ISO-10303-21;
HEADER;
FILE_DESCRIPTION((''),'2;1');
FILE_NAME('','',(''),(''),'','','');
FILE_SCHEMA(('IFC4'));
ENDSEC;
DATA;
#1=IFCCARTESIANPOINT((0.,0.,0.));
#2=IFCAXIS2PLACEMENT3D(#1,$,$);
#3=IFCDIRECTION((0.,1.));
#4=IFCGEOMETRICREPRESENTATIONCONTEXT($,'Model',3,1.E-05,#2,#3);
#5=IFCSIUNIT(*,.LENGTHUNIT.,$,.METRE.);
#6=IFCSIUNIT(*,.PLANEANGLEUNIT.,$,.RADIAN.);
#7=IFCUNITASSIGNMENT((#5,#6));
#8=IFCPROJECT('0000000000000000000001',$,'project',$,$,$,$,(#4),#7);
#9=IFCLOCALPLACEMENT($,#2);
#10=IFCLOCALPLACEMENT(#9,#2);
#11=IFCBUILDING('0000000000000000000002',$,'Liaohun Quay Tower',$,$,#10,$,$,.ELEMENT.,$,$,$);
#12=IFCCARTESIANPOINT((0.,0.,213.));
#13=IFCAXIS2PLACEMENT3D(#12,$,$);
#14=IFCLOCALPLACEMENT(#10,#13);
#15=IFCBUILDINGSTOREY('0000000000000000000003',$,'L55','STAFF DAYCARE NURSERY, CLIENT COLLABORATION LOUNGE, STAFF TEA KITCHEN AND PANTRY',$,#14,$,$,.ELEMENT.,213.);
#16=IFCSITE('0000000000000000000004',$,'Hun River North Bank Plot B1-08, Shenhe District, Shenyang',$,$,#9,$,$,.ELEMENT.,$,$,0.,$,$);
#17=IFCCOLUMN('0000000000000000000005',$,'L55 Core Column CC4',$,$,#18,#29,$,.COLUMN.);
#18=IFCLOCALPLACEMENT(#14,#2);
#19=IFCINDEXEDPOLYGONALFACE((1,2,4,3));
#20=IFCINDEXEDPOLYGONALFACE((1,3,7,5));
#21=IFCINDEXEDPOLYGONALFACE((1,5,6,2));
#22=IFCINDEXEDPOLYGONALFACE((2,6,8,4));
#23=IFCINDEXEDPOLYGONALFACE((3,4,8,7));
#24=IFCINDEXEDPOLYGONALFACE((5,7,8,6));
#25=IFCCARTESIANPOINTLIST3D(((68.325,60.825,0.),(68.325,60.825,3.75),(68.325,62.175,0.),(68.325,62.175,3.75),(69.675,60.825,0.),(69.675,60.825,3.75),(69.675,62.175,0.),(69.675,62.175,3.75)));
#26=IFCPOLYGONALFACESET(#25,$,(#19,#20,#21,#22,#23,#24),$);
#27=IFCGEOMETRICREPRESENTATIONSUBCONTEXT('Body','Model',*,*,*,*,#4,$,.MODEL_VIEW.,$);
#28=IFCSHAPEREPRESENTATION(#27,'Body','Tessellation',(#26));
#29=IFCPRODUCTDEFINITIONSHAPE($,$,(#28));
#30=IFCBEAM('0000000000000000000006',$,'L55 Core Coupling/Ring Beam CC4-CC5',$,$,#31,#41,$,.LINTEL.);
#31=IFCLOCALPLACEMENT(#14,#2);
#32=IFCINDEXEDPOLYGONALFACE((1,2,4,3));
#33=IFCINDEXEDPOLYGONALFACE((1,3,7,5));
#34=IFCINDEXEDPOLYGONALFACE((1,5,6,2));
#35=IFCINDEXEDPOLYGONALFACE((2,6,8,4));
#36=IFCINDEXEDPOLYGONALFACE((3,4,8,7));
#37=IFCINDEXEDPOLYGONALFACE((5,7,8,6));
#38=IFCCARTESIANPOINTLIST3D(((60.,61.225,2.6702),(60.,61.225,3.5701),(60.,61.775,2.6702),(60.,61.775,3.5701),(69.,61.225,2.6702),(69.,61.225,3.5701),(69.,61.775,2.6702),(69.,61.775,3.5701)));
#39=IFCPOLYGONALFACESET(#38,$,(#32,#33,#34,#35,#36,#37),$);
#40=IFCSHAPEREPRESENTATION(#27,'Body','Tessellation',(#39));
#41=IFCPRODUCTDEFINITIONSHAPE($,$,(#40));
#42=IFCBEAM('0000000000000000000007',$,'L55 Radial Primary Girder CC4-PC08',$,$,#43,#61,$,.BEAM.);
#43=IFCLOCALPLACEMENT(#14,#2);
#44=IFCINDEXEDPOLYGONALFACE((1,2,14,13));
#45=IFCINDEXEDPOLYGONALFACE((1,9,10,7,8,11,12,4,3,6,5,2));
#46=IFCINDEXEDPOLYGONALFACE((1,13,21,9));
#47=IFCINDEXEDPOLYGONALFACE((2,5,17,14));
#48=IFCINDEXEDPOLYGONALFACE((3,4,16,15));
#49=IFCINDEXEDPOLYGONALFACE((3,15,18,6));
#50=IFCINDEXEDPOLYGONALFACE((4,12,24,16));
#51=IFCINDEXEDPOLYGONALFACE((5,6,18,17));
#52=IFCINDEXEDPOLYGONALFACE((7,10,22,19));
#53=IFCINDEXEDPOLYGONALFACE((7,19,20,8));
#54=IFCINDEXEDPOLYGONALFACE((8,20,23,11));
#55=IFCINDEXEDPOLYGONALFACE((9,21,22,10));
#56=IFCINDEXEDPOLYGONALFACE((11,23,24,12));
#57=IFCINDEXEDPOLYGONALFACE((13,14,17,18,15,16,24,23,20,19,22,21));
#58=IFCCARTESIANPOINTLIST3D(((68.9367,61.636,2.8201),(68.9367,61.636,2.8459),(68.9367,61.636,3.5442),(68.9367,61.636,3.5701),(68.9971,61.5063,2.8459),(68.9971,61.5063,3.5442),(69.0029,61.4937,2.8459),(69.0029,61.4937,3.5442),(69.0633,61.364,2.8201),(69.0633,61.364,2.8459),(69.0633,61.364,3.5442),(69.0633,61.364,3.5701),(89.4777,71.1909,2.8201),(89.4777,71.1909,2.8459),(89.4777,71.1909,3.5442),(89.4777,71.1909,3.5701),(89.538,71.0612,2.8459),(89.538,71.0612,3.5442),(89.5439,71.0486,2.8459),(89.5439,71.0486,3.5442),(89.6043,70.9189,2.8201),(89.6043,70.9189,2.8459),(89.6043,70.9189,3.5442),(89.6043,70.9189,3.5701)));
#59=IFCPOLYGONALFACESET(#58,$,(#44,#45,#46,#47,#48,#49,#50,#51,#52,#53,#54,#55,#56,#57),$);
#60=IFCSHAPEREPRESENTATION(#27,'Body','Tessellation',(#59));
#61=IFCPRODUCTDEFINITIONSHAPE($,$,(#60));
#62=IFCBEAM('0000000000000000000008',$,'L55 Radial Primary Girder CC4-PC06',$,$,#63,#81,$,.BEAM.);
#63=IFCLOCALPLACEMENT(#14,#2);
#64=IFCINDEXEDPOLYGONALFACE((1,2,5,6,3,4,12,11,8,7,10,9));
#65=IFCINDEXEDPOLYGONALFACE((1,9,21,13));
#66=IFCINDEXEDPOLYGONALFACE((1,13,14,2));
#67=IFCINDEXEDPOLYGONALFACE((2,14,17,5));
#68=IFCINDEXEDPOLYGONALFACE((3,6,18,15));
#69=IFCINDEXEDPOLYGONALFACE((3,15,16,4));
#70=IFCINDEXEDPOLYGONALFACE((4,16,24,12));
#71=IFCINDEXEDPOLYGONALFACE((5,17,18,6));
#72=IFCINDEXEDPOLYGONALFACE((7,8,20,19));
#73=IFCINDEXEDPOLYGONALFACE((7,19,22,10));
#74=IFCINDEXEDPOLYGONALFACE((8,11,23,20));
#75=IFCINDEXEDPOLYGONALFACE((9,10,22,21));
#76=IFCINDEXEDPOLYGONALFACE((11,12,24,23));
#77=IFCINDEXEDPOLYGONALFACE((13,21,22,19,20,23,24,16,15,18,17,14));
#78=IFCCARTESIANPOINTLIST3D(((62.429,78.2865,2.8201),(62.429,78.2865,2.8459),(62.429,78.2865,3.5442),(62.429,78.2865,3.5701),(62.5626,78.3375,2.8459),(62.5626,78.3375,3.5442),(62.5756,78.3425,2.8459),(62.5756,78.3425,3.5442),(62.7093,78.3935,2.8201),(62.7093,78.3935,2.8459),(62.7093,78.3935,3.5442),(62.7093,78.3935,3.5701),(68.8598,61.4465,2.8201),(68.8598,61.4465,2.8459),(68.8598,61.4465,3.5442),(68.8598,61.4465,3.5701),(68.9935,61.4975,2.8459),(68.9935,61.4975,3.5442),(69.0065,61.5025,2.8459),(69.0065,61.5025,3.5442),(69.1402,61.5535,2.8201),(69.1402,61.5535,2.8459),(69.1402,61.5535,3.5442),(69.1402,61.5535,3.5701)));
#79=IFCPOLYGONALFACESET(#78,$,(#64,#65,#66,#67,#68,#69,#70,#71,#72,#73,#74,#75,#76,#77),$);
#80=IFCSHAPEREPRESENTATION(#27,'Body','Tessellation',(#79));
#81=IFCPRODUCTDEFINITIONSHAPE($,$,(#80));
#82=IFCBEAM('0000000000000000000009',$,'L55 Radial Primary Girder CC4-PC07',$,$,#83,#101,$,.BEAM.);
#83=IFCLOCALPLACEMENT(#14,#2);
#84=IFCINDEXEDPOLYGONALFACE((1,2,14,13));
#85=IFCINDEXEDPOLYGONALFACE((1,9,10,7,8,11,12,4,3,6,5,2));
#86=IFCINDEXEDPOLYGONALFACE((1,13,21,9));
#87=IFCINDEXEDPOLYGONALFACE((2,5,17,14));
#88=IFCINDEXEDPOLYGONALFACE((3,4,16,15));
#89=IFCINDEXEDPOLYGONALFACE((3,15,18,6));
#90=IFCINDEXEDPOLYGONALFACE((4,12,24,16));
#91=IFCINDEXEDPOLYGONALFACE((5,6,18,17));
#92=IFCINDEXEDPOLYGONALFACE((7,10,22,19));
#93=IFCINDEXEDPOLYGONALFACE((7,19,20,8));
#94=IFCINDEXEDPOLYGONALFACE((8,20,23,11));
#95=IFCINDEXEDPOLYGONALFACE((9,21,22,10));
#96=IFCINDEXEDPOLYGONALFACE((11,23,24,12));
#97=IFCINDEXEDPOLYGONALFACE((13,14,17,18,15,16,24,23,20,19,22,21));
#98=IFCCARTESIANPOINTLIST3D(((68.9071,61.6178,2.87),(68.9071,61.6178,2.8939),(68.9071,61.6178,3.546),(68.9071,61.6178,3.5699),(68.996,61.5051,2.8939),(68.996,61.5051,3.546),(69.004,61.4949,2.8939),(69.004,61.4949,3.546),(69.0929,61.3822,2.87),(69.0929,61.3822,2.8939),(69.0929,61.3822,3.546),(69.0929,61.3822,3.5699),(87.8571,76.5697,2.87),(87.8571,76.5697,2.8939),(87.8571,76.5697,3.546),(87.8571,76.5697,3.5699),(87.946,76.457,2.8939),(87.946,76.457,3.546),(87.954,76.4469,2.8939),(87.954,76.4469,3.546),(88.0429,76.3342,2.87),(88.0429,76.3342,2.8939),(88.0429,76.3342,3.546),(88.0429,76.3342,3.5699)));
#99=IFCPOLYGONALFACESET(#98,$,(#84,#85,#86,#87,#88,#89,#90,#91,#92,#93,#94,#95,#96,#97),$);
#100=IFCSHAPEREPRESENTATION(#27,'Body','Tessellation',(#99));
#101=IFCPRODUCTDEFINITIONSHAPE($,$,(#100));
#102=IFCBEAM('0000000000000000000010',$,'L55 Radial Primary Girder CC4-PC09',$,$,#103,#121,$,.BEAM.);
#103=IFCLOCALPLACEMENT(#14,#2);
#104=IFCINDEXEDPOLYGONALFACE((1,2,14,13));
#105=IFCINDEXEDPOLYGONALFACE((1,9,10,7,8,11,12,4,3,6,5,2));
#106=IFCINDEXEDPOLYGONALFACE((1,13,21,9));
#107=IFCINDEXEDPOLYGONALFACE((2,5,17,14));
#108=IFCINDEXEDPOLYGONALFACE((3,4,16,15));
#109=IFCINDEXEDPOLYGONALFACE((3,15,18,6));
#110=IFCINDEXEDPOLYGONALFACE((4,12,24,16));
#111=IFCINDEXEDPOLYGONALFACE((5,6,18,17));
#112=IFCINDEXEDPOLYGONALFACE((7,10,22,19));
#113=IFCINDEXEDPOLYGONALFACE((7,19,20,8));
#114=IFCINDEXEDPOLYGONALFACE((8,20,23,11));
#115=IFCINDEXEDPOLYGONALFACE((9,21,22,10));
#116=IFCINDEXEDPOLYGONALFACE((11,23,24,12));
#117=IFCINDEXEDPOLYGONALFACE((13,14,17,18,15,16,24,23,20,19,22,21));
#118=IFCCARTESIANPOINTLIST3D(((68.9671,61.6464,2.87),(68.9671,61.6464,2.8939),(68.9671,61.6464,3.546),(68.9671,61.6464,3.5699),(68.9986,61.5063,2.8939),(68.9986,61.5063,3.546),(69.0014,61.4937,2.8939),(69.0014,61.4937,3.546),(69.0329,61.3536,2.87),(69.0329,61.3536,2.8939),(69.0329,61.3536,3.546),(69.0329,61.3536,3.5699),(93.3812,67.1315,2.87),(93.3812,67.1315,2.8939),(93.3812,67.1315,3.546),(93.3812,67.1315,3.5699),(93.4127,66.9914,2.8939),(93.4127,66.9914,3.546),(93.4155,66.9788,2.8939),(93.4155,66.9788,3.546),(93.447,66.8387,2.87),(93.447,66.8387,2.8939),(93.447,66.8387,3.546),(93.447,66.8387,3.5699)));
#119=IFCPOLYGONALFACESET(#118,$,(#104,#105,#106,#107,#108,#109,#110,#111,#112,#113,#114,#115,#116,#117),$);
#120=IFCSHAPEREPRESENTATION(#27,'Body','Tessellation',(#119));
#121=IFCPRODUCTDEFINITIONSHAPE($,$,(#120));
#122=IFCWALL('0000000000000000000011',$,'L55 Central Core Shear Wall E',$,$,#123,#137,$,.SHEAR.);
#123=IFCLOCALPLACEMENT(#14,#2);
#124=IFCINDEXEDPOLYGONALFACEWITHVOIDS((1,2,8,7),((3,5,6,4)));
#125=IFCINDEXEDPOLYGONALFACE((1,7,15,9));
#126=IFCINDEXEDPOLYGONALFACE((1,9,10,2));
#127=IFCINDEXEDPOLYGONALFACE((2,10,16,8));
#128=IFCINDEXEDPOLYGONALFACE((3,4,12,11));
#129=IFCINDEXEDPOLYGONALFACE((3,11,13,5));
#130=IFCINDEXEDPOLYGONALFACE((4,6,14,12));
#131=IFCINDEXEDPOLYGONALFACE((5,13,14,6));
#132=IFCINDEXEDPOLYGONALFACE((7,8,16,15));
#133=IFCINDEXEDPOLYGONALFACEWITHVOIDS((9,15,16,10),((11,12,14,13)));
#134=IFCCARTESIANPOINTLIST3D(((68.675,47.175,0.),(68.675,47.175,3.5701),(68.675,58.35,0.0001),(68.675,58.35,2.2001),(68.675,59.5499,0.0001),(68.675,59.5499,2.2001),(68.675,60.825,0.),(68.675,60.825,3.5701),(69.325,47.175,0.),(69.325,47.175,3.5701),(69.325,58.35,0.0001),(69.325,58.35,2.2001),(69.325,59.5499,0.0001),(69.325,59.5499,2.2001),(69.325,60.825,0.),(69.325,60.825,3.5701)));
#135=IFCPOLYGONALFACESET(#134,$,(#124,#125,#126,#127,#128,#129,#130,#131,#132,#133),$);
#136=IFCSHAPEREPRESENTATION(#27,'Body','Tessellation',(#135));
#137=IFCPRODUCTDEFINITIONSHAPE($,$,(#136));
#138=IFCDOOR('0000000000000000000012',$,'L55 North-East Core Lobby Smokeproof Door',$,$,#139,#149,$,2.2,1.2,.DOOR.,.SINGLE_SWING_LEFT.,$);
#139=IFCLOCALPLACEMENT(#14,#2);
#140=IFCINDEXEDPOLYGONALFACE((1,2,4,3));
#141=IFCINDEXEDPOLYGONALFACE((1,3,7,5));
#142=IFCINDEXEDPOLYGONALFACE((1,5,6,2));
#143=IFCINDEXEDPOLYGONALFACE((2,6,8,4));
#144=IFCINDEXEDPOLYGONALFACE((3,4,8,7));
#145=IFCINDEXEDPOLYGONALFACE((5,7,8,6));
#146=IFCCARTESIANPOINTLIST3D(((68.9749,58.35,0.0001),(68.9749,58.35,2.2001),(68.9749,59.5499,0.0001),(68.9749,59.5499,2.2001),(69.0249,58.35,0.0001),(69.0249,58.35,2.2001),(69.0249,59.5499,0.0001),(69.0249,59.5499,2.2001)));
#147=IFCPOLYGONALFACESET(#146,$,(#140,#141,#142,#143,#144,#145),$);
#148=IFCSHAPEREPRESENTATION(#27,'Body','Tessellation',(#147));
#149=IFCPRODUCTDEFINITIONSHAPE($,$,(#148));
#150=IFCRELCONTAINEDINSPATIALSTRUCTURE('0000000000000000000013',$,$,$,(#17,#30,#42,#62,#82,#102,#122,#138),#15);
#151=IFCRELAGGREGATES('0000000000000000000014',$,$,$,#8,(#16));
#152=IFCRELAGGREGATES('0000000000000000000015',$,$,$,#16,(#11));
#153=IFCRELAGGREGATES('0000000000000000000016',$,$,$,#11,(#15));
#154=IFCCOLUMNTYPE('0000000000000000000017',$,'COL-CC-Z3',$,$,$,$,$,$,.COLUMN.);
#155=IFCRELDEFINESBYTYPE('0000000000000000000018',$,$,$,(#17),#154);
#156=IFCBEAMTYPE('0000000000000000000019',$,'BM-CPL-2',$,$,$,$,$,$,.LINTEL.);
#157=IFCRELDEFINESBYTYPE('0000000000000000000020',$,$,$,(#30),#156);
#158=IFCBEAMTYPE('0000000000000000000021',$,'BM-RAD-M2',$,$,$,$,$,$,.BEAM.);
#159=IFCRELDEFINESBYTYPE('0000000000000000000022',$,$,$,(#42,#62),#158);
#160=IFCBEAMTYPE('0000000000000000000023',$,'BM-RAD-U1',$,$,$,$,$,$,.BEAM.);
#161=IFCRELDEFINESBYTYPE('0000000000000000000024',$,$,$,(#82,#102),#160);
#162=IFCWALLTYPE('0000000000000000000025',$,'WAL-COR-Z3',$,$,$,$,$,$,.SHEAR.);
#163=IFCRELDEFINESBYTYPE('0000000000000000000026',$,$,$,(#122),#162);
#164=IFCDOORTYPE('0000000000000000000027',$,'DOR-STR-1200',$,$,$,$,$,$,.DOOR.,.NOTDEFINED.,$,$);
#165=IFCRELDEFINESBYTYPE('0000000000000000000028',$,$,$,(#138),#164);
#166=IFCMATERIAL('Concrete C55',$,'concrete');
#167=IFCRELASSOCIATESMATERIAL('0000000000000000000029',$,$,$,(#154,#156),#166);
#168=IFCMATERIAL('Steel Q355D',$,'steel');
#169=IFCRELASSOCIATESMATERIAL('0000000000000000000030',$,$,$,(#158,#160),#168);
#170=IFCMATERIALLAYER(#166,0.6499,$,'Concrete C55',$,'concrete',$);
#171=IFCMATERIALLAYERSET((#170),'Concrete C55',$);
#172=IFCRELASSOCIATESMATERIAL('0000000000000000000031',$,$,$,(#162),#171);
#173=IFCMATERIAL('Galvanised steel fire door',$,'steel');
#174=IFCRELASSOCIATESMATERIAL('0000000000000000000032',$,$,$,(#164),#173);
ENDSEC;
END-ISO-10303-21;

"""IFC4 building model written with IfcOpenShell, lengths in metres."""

from ifc_helpers import new_model, si_unit, direction, frame, frame_2d, origin, origin_2d, place, context, subcontext, project, spatial, rectangle, i_section, extrude, source, transform, mapped, material, layer, layer_set, material_profile, profile_set, type_object, element, fill, save


model = new_model("IFC4")

# Units and contexts
model_context = context("Model", 3, precision=1e-05, world=origin(), true_north=direction((0.0, 1.0)))
body_context = subcontext(model_context, "Body", "Model", "MODEL_VIEW")
ifc_project = project(units=[si_unit("LENGTHUNIT", "METRE"), si_unit("PLANEANGLEUNIT", "RADIAN")], contexts=[model_context])

# Site, building, storey
site_placement = place(None, origin())
site = spatial("IfcSite", under=ifc_project, at=site_placement, Name="Hun River North Bank Plot B1-08, Shenhe District, Shenyang", CompositionType="ELEMENT", RefElevation=0.0)
building_placement = place(site_placement, origin())
building = spatial("IfcBuilding", under=site, at=building_placement, Name="Liaohun Quay Tower", CompositionType="ELEMENT")
storey_placement = place(building_placement, frame((0.0, 0.0, 213.0)))
storey = spatial("IfcBuildingStorey", under=building, at=storey_placement, Name="L55", Description="STAFF DAYCARE NURSERY, CLIENT COLLABORATION LOUNGE, STAFF TEA KITCHEN AND PANTRY", CompositionType="ELEMENT", Elevation=213.0)

# Column
ifc_material_1 = material(Name="Concrete C55", Category="concrete")
ifc_material_profile_1 = material_profile(ifc_material_1, rectangle(XDim=1.3501, YDim=1.3501, at=origin_2d()), Name="RC1350x1350")
ifc_profile_set_1 = profile_set([ifc_material_profile_1], Name="Concrete C55")
column_type = type_object("IfcColumnType", Name="COL-CC-Z3", PredefinedType="COLUMN", material=ifc_profile_set_1)
shared_shape_1 = source(origin(), body_context, "Body", "SweptSolid", [
    extrude(rectangle(XDim=1.3501, YDim=1.3501, at=origin_2d()), origin(), (0.0, 0.0, 1.0), 3.75),
])
column_placement = place(storey_placement, frame((69.0, 61.5, 0.0), z_axis=(0.0, 0.0, 1.0), x_axis=(1.0, 0.0, 0.0)))
element("IfcColumn", 1, at=column_placement, inside=storey, type_object=column_type, Name="L55 Core Column CC4", PredefinedType="COLUMN", context=body_context, shape_type="MappedRepresentation", body=[
    mapped(shared_shape_1, transform((0.0, 0.0, 0.0), x_axis=(1.0, 0.0, 0.0), y_axis=(0.0, 1.0, 0.0), z_axis=(0.0, 0.0, 1.0), scale=1.0)),
])

# Beams
ifc_material_profile_2 = material_profile(ifc_material_1, rectangle(XDim=0.55, YDim=0.8999, at=origin_2d()), Name="RC550x900")
ifc_profile_set_2 = profile_set([ifc_material_profile_2], Name="Concrete C55")
beam_type_1 = type_object("IfcBeamType", Name="BM-CPL-2", PredefinedType="LINTEL", material=ifc_profile_set_2)
shared_shape_2 = source(origin(), body_context, "Body", "SweptSolid", [
    extrude(rectangle(XDim=0.55, YDim=0.8999, at=origin_2d()), origin(), (0.0, 0.0, 1.0), 9.0),
])
beam_1_placement = place(storey_placement, frame((69.0, 61.5, 3.1201), z_axis=(-1.0, 0.0, 0.0), x_axis=(0.0, -1.0, 0.0)))
element("IfcBeam", 2, at=beam_1_placement, inside=storey, type_object=beam_type_1, Name="L55 Core Coupling/Ring Beam CC4-CC5", PredefinedType="LINTEL", context=body_context, shape_type="MappedRepresentation", body=[
    mapped(shared_shape_2, transform((0.0, 0.0, 0.0), x_axis=(1.0, 0.0, 0.0), y_axis=(0.0, 1.0, 0.0), z_axis=(0.0, 0.0, 1.0), scale=1.0)),
])
ifc_material_2 = material(Name="Steel Q355D", Category="steel")
ifc_material_profile_3 = material_profile(ifc_material_2, i_section(OverallWidth=0.3, OverallDepth=0.75, WebThickness=0.0139, FlangeThickness=0.0259, at=origin_2d()), Name="HN750x300x14x26")
ifc_profile_set_3 = profile_set([ifc_material_profile_3], Name="Steel Q355D")
beam_type_2 = type_object("IfcBeamType", Name="BM-RAD-M2", PredefinedType="BEAM", material=ifc_profile_set_3)
shared_shape_3 = source(origin(), body_context, "Body", "SweptSolid", [
    extrude(i_section(OverallWidth=0.3, OverallDepth=0.75, WebThickness=0.0139, FlangeThickness=0.0259, at=origin_2d()), origin(), (0.0, 0.0, 1.0), 22.6545),
])
beam_2_placement = place(storey_placement, frame((69.0, 61.5, 3.1951), z_axis=(0.906705, 0.421766, 0.0), x_axis=(-0.421766, 0.906705, 0.0)))
element("IfcBeam", 3, at=beam_2_placement, inside=storey, type_object=beam_type_2, Name="L55 Radial Primary Girder CC4-PC08", PredefinedType="BEAM", context=body_context, shape_type="MappedRepresentation", body=[
    mapped(shared_shape_3, transform((0.0, 0.0, 0.0), x_axis=(1.0, 0.0, 0.0), y_axis=(0.0, 1.0, 0.0), z_axis=(0.0, 0.0, 1.0), scale=1.0)),
])
shared_shape_4 = source(origin(), body_context, "Body", "SweptSolid", [
    extrude(i_section(OverallWidth=0.3, OverallDepth=0.75, WebThickness=0.0139, FlangeThickness=0.0259, at=origin_2d()), origin(), (0.0, 0.0, 1.0), 18.0261),
])
beam_3_placement = place(storey_placement, frame((69.0, 61.5, 3.1951), z_axis=(-0.356753, 0.934199, 0.0), x_axis=(-0.934199, -0.356753, 0.0)))
element("IfcBeam", 4, at=beam_3_placement, inside=storey, type_object=beam_type_2, Name="L55 Radial Primary Girder CC4-PC06", PredefinedType="BEAM", context=body_context, shape_type="MappedRepresentation", body=[
    mapped(shared_shape_4, transform((0.0, 0.0, 0.0), x_axis=(1.0, 0.0, 0.0), y_axis=(0.0, 1.0, 0.0), z_axis=(0.0, 0.0, 1.0), scale=1.0)),
])
ifc_material_profile_4 = material_profile(ifc_material_2, i_section(OverallWidth=0.3, OverallDepth=0.7, WebThickness=0.0129, FlangeThickness=0.0239, at=origin_2d()), Name="HN700x300x13x24")
ifc_profile_set_4 = profile_set([ifc_material_profile_4], Name="Steel Q355D")
beam_type_3 = type_object("IfcBeamType", Name="BM-RAD-U1", PredefinedType="BEAM", material=ifc_profile_set_4)
shared_shape_5 = source(origin(), body_context, "Body", "SweptSolid", [
    extrude(i_section(OverallWidth=0.3, OverallDepth=0.7, WebThickness=0.0129, FlangeThickness=0.0239, at=origin_2d()), origin(), (0.0, 0.0, 1.0), 24.1384),
])
beam_4_placement = place(storey_placement, frame((69.0, 61.5, 3.22), z_axis=(0.785056, 0.619425, 0.0), x_axis=(-0.619425, 0.785056, 0.0)))
element("IfcBeam", 5, at=beam_4_placement, inside=storey, type_object=beam_type_3, Name="L55 Radial Primary Girder CC4-PC07", PredefinedType="BEAM", context=body_context, shape_type="MappedRepresentation", body=[
    mapped(shared_shape_5, transform((0.0, 0.0, 0.0), x_axis=(1.0, 0.0, 0.0), y_axis=(0.0, 1.0, 0.0), z_axis=(0.0, 0.0, 1.0), scale=1.0)),
])
shared_shape_6 = source(origin(), body_context, "Body", "SweptSolid", [
    extrude(i_section(OverallWidth=0.3, OverallDepth=0.7, WebThickness=0.0129, FlangeThickness=0.0239, at=origin_2d()), origin(), (0.0, 0.0, 1.0), 25.0227),
])
beam_5_placement = place(storey_placement, frame((69.0, 61.5, 3.22), z_axis=(0.975679, 0.219206, 0.0), x_axis=(-0.219206, 0.975679, 0.0)))
element("IfcBeam", 6, at=beam_5_placement, inside=storey, type_object=beam_type_3, Name="L55 Radial Primary Girder CC4-PC09", PredefinedType="BEAM", context=body_context, shape_type="MappedRepresentation", body=[
    mapped(shared_shape_6, transform((0.0, 0.0, 0.0), x_axis=(1.0, 0.0, 0.0), y_axis=(0.0, 1.0, 0.0), z_axis=(0.0, 0.0, 1.0), scale=1.0)),
])

# Wall, opening, door
ifc_layer_1 = layer(ifc_material_1, 0.6499, Name="Concrete C55", Category="concrete")
ifc_layer_set_1 = layer_set([ifc_layer_1], Name="Concrete C55")
wall_type_1 = type_object("IfcWallType", Name="WAL-COR-Z3", PredefinedType="SHEAR", material=ifc_layer_set_1)
wall_1_placement = place(storey_placement, frame((69.0, 60.825, 0.0), z_axis=(0.0, 0.0, 1.0), x_axis=(0.0, -1.0, 0.0)))
wall_1 = element("IfcWall", 7, at=wall_1_placement, inside=storey, type_object=wall_type_1, Name="L55 Central Core Shear Wall E", PredefinedType="SHEAR", context=body_context, shape_type="SweptSolid", body=[
    extrude(rectangle(XDim=13.6499, YDim=0.6499, at=frame_2d((6.825, 0.0))), origin(), (0.0, 0.0, 1.0), 3.5701),
])
shared_shape_7 = source(origin(), body_context, "Body", "SweptSolid", [
    extrude(rectangle(XDim=1.2, YDim=2.2, at=frame_2d((0.6001, 1.1001))), frame((0.0, 0.335, 0.0), z_axis=(0.0, -1.0, 0.0), x_axis=(1.0, 0.0, 0.0)), (0.0, 0.0, 1.0), 0.6699),
])
opening_1_placement = place(wall_1_placement, frame((1.2749, 0.0, 0.0)))
opening_1 = element("IfcOpeningElement", 8, at=opening_1_placement, cuts=wall_1, PredefinedType="OPENING", context=body_context, shape_type="MappedRepresentation", body=[
    mapped(shared_shape_7, transform((0.0, 0.0, 0.0), x_axis=(1.0, 0.0, 0.0), y_axis=(0.0, 1.0, 0.0), z_axis=(0.0, 0.0, 1.0), scale=1.0)),
])
ifc_material_3 = material(Name="Galvanised steel fire door", Category="steel")
door_type_1 = type_object("IfcDoorType", Name="DOR-STR-1200", OperationType="NOTDEFINED", PredefinedType="DOOR", material=ifc_material_3)
shared_shape_8 = source(origin(), body_context, "Body", "SweptSolid", [
    extrude(rectangle(XDim=1.2, YDim=2.2, at=frame_2d((0.6001, 1.1001))), frame((0.0, 0.0249, 0.0), z_axis=(0.0, -1.0, 0.0), x_axis=(1.0, 0.0, 0.0)), (0.0, 0.0, 1.0), 0.05),
])
door_1_placement = place(opening_1_placement, origin())
door_1 = element("IfcDoor", 9, at=door_1_placement, inside=storey, type_object=door_type_1, Name="L55 North-East Core Lobby Smokeproof Door", OperationType="SINGLE_SWING_LEFT", OverallHeight=2.2, OverallWidth=1.2, PredefinedType="DOOR", context=body_context, shape_type="MappedRepresentation", body=[
    mapped(shared_shape_8, transform((0.0, 0.0, 0.0), x_axis=(1.0, 0.0, 0.0), y_axis=(0.0, 1.0, 0.0), z_axis=(0.0, 0.0, 1.0), scale=1.0)),
])
fill(opening_1, door_1)

save(model, "model.ifc")
